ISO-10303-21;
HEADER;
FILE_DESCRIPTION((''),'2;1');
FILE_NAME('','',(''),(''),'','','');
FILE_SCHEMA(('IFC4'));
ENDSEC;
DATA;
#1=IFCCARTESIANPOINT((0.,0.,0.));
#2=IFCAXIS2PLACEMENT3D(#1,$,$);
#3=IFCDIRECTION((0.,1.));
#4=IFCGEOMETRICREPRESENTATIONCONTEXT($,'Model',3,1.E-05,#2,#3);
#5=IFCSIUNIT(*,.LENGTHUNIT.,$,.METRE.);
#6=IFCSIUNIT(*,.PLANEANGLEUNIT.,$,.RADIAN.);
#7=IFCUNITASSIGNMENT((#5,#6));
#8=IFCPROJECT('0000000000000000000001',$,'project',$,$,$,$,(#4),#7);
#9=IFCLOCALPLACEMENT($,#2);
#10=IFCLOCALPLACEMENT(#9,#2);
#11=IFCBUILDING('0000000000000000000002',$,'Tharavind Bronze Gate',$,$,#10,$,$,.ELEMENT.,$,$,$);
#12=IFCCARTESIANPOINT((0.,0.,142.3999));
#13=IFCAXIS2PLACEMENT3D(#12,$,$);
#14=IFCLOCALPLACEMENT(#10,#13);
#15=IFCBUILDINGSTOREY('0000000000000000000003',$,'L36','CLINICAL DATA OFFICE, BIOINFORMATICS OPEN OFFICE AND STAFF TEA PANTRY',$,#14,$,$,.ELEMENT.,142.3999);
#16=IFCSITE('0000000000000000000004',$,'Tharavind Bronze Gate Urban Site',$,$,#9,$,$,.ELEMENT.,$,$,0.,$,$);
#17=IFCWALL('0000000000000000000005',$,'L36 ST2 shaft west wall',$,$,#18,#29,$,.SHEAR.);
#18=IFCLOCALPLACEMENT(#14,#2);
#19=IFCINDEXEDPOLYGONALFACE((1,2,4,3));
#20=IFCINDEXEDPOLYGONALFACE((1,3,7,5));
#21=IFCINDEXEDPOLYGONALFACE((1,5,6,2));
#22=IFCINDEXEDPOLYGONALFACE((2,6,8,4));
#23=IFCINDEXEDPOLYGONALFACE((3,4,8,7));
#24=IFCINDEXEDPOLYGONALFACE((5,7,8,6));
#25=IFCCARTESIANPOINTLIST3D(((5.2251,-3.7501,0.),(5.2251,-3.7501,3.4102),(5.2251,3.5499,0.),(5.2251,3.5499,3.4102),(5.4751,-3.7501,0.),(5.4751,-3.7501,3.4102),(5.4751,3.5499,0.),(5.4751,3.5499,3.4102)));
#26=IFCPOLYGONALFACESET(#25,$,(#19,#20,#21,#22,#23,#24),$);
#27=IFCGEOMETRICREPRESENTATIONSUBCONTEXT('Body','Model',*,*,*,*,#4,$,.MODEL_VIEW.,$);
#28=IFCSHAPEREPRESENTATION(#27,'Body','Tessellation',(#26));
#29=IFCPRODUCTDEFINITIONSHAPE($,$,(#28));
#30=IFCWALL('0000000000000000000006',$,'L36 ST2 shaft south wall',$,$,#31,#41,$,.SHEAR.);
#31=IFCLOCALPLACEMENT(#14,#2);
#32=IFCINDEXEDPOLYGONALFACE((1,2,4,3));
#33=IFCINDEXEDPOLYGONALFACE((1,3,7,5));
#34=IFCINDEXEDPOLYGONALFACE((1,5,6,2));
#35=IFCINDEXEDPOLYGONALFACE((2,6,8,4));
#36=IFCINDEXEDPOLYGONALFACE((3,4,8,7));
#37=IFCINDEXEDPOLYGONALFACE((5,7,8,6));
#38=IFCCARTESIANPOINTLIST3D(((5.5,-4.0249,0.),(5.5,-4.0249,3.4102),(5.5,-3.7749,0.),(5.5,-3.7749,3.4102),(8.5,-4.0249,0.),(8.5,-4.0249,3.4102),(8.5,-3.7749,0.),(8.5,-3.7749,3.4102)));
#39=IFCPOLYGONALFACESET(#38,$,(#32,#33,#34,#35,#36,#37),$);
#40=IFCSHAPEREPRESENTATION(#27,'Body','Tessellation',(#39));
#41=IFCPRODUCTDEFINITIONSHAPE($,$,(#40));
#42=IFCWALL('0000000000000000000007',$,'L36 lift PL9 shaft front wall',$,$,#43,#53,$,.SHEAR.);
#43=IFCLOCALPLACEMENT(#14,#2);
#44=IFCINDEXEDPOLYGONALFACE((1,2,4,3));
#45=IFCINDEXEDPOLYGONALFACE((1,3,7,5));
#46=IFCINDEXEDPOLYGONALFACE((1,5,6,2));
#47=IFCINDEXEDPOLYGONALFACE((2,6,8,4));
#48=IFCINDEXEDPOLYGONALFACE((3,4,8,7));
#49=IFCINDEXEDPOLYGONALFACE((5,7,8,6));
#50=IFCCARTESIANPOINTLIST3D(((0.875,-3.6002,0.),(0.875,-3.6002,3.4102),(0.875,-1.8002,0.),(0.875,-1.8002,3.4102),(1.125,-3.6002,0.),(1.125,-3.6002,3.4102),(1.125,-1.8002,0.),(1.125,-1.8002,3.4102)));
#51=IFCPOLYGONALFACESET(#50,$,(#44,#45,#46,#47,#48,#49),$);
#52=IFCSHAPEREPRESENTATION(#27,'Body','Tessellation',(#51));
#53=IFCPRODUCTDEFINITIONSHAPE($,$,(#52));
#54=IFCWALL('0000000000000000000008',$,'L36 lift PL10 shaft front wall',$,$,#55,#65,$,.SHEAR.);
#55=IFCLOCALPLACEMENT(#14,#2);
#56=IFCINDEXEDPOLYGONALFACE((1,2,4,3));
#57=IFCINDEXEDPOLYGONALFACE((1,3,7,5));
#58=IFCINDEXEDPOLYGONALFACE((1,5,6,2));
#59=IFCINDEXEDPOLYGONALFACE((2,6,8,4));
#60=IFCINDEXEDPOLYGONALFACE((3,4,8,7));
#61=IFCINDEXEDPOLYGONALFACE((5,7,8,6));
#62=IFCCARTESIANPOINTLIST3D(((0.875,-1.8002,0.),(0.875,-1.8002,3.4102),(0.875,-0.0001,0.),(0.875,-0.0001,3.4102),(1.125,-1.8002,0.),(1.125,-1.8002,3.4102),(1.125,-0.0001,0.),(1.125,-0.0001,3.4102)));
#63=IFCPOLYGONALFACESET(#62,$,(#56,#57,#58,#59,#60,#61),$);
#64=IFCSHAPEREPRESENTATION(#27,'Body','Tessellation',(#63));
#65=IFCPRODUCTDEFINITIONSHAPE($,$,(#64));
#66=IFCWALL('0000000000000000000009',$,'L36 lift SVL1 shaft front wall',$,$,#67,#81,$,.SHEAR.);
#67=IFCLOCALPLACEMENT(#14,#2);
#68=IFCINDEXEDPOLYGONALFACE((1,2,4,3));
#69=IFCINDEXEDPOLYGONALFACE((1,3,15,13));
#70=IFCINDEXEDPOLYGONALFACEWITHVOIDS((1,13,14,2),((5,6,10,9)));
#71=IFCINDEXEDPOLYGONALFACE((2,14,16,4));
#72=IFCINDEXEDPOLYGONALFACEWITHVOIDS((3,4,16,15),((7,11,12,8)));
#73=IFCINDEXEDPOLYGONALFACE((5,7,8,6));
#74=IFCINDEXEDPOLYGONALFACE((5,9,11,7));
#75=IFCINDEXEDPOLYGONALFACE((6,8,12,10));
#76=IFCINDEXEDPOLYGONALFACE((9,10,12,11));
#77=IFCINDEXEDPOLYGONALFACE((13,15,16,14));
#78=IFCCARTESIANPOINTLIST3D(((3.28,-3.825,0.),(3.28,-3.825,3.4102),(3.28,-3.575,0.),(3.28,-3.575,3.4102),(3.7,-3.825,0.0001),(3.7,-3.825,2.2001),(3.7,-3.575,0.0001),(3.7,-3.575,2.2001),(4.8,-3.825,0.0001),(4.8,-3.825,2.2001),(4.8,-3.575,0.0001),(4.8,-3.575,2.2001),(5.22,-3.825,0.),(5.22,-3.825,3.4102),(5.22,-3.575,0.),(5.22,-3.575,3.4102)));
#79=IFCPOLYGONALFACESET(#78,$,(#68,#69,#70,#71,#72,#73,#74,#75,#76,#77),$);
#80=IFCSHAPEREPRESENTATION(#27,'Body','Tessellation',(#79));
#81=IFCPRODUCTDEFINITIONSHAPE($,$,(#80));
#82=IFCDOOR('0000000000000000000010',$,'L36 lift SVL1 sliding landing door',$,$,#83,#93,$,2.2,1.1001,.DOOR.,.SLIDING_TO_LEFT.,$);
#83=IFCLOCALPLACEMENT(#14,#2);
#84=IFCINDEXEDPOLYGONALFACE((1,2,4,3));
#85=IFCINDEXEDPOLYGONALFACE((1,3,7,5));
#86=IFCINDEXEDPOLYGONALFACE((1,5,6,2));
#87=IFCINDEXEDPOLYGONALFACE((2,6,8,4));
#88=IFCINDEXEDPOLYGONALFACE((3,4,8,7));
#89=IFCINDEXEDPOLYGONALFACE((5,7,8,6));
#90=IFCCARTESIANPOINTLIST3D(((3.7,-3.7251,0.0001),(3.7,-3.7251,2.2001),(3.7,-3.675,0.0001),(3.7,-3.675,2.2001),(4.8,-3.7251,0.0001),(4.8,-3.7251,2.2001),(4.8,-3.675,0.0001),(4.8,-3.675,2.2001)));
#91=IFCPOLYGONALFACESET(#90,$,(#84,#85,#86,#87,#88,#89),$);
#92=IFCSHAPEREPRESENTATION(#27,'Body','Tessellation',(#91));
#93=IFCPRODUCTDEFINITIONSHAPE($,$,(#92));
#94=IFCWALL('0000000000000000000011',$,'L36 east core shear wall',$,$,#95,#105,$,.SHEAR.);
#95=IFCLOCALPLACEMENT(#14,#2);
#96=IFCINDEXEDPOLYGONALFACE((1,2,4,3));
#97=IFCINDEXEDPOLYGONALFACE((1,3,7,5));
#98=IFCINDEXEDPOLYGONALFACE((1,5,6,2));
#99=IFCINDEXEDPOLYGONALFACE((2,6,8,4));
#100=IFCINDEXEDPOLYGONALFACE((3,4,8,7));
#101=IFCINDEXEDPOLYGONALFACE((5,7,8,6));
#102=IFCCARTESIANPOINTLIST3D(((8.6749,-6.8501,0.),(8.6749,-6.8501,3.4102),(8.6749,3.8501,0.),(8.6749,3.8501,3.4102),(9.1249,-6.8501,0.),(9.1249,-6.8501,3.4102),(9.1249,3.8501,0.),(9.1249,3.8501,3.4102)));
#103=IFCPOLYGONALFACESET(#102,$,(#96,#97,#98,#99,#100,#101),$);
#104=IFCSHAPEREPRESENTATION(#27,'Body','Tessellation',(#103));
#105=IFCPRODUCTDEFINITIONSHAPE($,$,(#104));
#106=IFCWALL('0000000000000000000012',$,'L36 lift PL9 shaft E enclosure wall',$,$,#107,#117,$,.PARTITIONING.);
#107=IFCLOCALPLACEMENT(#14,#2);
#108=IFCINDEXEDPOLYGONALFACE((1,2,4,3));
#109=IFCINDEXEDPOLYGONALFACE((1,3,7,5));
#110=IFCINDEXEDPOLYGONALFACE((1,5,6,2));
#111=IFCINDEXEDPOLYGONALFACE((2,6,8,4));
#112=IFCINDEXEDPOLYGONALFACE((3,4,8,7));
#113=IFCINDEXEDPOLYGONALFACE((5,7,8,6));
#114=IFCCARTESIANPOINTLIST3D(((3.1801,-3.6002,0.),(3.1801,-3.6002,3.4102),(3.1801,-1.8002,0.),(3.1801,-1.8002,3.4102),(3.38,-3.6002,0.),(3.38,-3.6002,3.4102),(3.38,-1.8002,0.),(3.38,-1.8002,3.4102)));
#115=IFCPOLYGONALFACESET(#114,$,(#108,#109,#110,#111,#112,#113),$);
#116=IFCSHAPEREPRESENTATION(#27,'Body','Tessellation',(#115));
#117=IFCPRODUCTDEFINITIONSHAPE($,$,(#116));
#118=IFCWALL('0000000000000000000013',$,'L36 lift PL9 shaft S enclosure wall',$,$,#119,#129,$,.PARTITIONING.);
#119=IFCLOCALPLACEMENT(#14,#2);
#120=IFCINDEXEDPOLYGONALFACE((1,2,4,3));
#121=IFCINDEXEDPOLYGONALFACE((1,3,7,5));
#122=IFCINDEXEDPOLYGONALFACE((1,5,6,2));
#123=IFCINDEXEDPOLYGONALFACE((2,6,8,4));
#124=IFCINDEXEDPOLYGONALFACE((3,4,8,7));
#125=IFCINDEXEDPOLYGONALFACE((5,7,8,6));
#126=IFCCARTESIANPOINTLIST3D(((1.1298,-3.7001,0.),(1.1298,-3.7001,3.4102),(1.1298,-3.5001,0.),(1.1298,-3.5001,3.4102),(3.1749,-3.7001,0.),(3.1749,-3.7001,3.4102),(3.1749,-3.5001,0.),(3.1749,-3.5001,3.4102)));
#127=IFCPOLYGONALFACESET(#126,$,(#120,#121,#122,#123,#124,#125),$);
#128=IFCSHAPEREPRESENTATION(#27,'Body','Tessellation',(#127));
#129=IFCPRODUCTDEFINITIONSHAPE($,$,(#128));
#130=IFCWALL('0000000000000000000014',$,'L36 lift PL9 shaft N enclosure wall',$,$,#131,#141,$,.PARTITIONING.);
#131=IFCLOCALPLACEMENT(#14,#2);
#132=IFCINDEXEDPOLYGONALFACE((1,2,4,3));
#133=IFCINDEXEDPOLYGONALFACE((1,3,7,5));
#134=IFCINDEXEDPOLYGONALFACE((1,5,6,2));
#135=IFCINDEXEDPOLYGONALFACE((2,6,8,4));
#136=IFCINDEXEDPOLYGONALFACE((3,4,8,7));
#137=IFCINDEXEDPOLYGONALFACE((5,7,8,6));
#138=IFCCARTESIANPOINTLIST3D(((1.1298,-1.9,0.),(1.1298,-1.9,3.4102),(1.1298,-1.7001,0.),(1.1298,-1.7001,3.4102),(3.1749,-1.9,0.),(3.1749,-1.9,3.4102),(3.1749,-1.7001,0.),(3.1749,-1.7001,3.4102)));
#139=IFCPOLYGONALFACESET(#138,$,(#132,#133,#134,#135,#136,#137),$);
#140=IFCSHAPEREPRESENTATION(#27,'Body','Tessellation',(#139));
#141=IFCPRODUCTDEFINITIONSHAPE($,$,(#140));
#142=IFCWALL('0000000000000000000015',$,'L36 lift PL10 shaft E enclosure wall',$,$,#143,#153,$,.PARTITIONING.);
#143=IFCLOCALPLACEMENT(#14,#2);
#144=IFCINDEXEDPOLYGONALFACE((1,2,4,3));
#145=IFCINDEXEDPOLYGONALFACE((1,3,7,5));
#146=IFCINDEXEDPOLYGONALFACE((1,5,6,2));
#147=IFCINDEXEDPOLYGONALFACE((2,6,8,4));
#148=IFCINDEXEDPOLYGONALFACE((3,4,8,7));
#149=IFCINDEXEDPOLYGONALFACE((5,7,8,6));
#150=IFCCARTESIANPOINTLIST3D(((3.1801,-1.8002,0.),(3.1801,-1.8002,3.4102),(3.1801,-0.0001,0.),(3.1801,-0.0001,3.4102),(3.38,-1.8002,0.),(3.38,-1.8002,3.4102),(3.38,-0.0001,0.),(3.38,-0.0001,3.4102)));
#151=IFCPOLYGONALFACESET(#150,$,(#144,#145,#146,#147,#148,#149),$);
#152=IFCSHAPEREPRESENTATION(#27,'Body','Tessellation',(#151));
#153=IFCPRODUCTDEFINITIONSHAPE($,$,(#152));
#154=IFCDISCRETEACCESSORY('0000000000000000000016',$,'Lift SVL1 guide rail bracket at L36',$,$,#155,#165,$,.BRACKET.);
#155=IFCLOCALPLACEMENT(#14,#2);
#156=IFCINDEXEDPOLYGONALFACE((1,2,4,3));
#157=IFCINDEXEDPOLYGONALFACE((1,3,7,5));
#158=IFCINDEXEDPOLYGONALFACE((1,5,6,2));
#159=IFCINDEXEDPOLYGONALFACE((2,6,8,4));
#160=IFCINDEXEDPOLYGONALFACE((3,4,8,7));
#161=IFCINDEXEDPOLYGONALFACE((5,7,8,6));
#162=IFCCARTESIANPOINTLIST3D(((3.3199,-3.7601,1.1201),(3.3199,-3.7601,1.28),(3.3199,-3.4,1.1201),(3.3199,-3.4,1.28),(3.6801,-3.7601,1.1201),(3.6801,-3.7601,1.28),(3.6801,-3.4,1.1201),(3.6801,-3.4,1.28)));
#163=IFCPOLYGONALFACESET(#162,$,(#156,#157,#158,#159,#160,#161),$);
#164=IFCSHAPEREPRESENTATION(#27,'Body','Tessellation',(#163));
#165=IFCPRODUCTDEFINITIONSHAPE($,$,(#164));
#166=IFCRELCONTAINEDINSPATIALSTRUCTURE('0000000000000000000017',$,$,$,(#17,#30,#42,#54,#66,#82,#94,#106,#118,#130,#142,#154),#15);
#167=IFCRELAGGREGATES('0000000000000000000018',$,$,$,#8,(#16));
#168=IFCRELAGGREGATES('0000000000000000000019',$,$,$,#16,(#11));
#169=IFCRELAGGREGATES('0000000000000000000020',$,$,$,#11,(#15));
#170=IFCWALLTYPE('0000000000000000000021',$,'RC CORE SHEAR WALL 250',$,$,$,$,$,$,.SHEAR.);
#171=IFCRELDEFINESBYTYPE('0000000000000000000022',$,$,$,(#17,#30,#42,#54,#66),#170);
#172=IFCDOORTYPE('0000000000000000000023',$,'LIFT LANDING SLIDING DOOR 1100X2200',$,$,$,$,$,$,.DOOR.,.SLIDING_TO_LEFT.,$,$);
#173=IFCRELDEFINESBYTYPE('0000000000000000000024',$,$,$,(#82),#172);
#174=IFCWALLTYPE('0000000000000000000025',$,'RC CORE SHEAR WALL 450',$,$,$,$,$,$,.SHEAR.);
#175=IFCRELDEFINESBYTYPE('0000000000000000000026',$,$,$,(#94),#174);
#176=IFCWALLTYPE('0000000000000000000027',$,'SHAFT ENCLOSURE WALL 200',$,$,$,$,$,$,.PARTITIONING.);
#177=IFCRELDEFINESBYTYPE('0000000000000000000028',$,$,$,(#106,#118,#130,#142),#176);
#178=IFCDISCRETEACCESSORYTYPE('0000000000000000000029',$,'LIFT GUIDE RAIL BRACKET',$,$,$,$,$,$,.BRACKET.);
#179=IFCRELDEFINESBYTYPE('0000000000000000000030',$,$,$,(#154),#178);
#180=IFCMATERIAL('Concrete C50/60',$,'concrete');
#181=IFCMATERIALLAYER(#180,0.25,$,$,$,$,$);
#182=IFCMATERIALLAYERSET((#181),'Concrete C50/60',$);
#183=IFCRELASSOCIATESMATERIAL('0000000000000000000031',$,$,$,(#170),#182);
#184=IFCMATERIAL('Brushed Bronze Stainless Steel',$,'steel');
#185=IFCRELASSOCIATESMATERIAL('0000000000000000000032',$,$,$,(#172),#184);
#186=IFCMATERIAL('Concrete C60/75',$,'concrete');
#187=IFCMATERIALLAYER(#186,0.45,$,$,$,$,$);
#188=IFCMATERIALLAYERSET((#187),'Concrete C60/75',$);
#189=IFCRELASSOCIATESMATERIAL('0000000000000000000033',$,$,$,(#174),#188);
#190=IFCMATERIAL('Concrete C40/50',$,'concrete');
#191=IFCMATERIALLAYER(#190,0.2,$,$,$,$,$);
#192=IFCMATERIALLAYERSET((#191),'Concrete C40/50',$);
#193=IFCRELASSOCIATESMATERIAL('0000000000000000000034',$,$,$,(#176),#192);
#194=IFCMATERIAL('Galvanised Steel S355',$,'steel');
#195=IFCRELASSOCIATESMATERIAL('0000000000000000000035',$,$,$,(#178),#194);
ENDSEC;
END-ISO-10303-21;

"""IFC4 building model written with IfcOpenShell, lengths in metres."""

from ifc_helpers import new_model, si_unit, direction, frame, frame_2d, origin, origin_2d, place, context, subcontext, project, spatial, rectangle, extrude, material, layer, layer_set, type_object, element, fill, save


model = new_model("IFC4")

# Units and contexts
model_context = context("Model", 3, precision=1e-05, world=origin(), true_north=direction((0.0, 1.0)))
body_context = subcontext(model_context, "Body", "Model", "MODEL_VIEW")
ifc_project = project(units=[si_unit("LENGTHUNIT", "METRE"), si_unit("PLANEANGLEUNIT", "RADIAN")], contexts=[model_context])

# Site, building, storey
site_placement = place(None, origin())
site = spatial("IfcSite", under=ifc_project, at=site_placement, Name="Tharavind Bronze Gate Urban Site", CompositionType="ELEMENT", RefElevation=0.0)
building_placement = place(site_placement, origin())
building = spatial("IfcBuilding", under=site, at=building_placement, Name="Tharavind Bronze Gate", CompositionType="ELEMENT")
storey_placement = place(building_placement, frame((0.0, 0.0, 142.3999)))
storey = spatial("IfcBuildingStorey", under=building, at=storey_placement, Name="L36", Description="CLINICAL DATA OFFICE, BIOINFORMATICS OPEN OFFICE AND STAFF TEA PANTRY", CompositionType="ELEMENT", Elevation=142.3999)

# Shared definitions
ifc_material_1 = material(Name="Concrete C60/75", Category="concrete")

# Walls
ifc_material_2 = material(Name="Concrete C50/60", Category="concrete")
ifc_layer_1 = layer(ifc_material_2, 0.25)
ifc_layer_set_1 = layer_set([ifc_layer_1], Name="Concrete C50/60")
wall_type_1 = type_object("IfcWallType", Name="RC CORE SHEAR WALL 250", PredefinedType="SHEAR", material=ifc_layer_set_1)
wall_1_placement = place(storey_placement, frame((5.3501, -3.75, 0.0), z_axis=(0.0, 0.0, 1.0), x_axis=(0.0, 1.0, 0.0)))
element("IfcWall", 1, at=wall_1_placement, inside=storey, type_object=wall_type_1, Name="L36 ST2 shaft west wall", PredefinedType="SHEAR", context=body_context, shape_type="SweptSolid", body=[
    extrude(rectangle(XDim=7.3, YDim=0.25, at=frame_2d((3.6499, 0.0))), origin(), (0.0, 0.0, 1.0), 3.4102),
])
wall_2_placement = place(storey_placement, frame((5.5, -3.8999, 0.0), z_axis=(0.0, 0.0, 1.0), x_axis=(1.0, 0.0, 0.0)))
element("IfcWall", 2, at=wall_2_placement, inside=storey, type_object=wall_type_1, Name="L36 ST2 shaft south wall", PredefinedType="SHEAR", context=body_context, shape_type="SweptSolid", body=[
    extrude(rectangle(XDim=3.0, YDim=0.25, at=frame_2d((1.5, 0.0))), origin(), (0.0, 0.0, 1.0), 3.4102),
])
for number, where, z_axis, x_axis, name in (
    (3, (1.0, -3.6001, 0.0), (0.0, 0.0, 1.0), (0.0, 1.0, 0.0), "L36 lift PL9 shaft front wall"),
    (4, (1.0, -1.8, 0.0), (0.0, 0.0, 1.0), (0.0, 1.0, 0.0), "L36 lift PL10 shaft front wall"),
):
    element("IfcWall", number, at=place(storey_placement, frame(where, z_axis=z_axis, x_axis=x_axis)), inside=storey, type_object=wall_type_1, Name=name, PredefinedType="SHEAR", context=body_context, shape_type="SweptSolid", body=[
        extrude(rectangle(XDim=1.8, YDim=0.25, at=frame_2d((0.8999, 0.0))), origin(), (0.0, 0.0, 1.0), 3.4102),
    ])

# Wall, opening, door
wall_3_placement = place(storey_placement, frame((3.28, -3.7, 0.0), z_axis=(0.0, 0.0, 1.0), x_axis=(1.0, 0.0, 0.0)))
wall_3 = element("IfcWall", 5, at=wall_3_placement, inside=storey, type_object=wall_type_1, Name="L36 lift SVL1 shaft front wall", PredefinedType="SHEAR", context=body_context, shape_type="SweptSolid", body=[
    extrude(rectangle(XDim=1.9399, YDim=0.25, at=frame_2d((0.97, 0.0))), origin(), (0.0, 0.0, 1.0), 3.4102),
])
opening_1_placement = place(wall_3_placement, frame((0.4199, 0.0, 0.0)))
opening_1 = element("IfcOpeningElement", 6, at=opening_1_placement, cuts=wall_3, PredefinedType="OPENING", context=body_context, shape_type="SweptSolid", body=[
    extrude(rectangle(XDim=1.1001, YDim=2.2, at=frame_2d((0.55, 1.1001))), frame((0.0, 0.135, 0.0), z_axis=(0.0, -1.0, 0.0), x_axis=(1.0, 0.0, 0.0)), (0.0, 0.0, 1.0), 0.27),
])
ifc_material_3 = material(Name="Brushed Bronze Stainless Steel", Category="steel")
door_type_1 = type_object("IfcDoorType", Name="LIFT LANDING SLIDING DOOR 1100X2200", OperationType="SLIDING_TO_LEFT", PredefinedType="DOOR", material=ifc_material_3)
door_1_placement = place(opening_1_placement, origin())
door_1 = element("IfcDoor", 7, at=door_1_placement, inside=storey, type_object=door_type_1, Name="L36 lift SVL1 sliding landing door", OperationType="SLIDING_TO_LEFT", OverallHeight=2.2, OverallWidth=1.1001, PredefinedType="DOOR", context=body_context, shape_type="SweptSolid", body=[
    extrude(rectangle(XDim=1.1001, YDim=2.2, at=frame_2d((0.55, 1.1001))), frame((0.0, 0.0249, 0.0), z_axis=(0.0, -1.0, 0.0), x_axis=(1.0, 0.0, 0.0)), (0.0, 0.0, 1.0), 0.05),
])
fill(opening_1, door_1)

# Walls
ifc_layer_2 = layer(ifc_material_1, 0.45)
ifc_layer_set_2 = layer_set([ifc_layer_2], Name="Concrete C60/75")
wall_type_2 = type_object("IfcWallType", Name="RC CORE SHEAR WALL 450", PredefinedType="SHEAR", material=ifc_layer_set_2)
wall_4_placement = place(storey_placement, frame((8.8999, -6.8501, 0.0), z_axis=(0.0, 0.0, 1.0), x_axis=(0.0, 1.0, 0.0)))
element("IfcWall", 8, at=wall_4_placement, inside=storey, type_object=wall_type_2, Name="L36 east core shear wall", PredefinedType="SHEAR", context=body_context, shape_type="SweptSolid", body=[
    extrude(rectangle(XDim=10.7002, YDim=0.45, at=frame_2d((5.3501, 0.0))), origin(), (0.0, 0.0, 1.0), 3.4102),
])
ifc_material_4 = material(Name="Concrete C40/50", Category="concrete")
ifc_layer_3 = layer(ifc_material_4, 0.2)
ifc_layer_set_3 = layer_set([ifc_layer_3], Name="Concrete C40/50")
wall_type_3 = type_object("IfcWallType", Name="SHAFT ENCLOSURE WALL 200", PredefinedType="PARTITIONING", material=ifc_layer_set_3)
wall_5_placement = place(storey_placement, frame((3.28, -3.6001, 0.0), z_axis=(0.0, 0.0, 1.0), x_axis=(0.0, 1.0, 0.0)))
element("IfcWall", 9, at=wall_5_placement, inside=storey, type_object=wall_type_3, Name="L36 lift PL9 shaft E enclosure wall", PredefinedType="PARTITIONING", context=body_context, shape_type="SweptSolid", body=[
    extrude(rectangle(XDim=1.8, YDim=0.2, at=frame_2d((0.8999, 0.0))), origin(), (0.0, 0.0, 1.0), 3.4102),
])
for number, where, z_axis, x_axis, name in (
    (10, (1.1299, -3.6001, 0.0), (0.0, 0.0, 1.0), (1.0, 0.0, 0.0), "L36 lift PL9 shaft S enclosure wall"),
    (11, (1.1299, -1.8, 0.0), (0.0, 0.0, 1.0), (1.0, 0.0, 0.0), "L36 lift PL9 shaft N enclosure wall"),
):
    element("IfcWall", number, at=place(storey_placement, frame(where, z_axis=z_axis, x_axis=x_axis)), inside=storey, type_object=wall_type_3, Name=name, PredefinedType="PARTITIONING", context=body_context, shape_type="SweptSolid", body=[
        extrude(rectangle(XDim=2.0452, YDim=0.2, at=frame_2d((1.0225, 0.0))), origin(), (0.0, 0.0, 1.0), 3.4102),
    ])
wall_6_placement = place(storey_placement, frame((3.28, -1.8, 0.0), z_axis=(0.0, 0.0, 1.0), x_axis=(0.0, 1.0, 0.0)))
element("IfcWall", 12, at=wall_6_placement, inside=storey, type_object=wall_type_3, Name="L36 lift PL10 shaft E enclosure wall", PredefinedType="PARTITIONING", context=body_context, shape_type="SweptSolid", body=[
    extrude(rectangle(XDim=1.8, YDim=0.2, at=frame_2d((0.8999, 0.0))), origin(), (0.0, 0.0, 1.0), 3.4102),
])

# Discrete accessory
ifc_material_5 = material(Name="Galvanised Steel S355", Category="steel")
discrete_accessory_type = type_object("IfcDiscreteAccessoryType", Name="LIFT GUIDE RAIL BRACKET", PredefinedType="BRACKET", material=ifc_material_5)
discrete_accessory_placement = place(storey_placement, frame((3.5, -3.5801, 1.1201), z_axis=(0.0, 0.0, 1.0), x_axis=(1.0, 0.0, 0.0)))
element("IfcDiscreteAccessory", 13, at=discrete_accessory_placement, inside=storey, type_object=discrete_accessory_type, Name="Lift SVL1 guide rail bracket at L36", PredefinedType="BRACKET", context=body_context, shape_type="SweptSolid", body=[
    extrude(rectangle(XDim=0.3601, YDim=0.3601, at=origin_2d()), origin(), (0.0, 0.0, 1.0), 0.1599),
])

save(model, "model.ifc")
